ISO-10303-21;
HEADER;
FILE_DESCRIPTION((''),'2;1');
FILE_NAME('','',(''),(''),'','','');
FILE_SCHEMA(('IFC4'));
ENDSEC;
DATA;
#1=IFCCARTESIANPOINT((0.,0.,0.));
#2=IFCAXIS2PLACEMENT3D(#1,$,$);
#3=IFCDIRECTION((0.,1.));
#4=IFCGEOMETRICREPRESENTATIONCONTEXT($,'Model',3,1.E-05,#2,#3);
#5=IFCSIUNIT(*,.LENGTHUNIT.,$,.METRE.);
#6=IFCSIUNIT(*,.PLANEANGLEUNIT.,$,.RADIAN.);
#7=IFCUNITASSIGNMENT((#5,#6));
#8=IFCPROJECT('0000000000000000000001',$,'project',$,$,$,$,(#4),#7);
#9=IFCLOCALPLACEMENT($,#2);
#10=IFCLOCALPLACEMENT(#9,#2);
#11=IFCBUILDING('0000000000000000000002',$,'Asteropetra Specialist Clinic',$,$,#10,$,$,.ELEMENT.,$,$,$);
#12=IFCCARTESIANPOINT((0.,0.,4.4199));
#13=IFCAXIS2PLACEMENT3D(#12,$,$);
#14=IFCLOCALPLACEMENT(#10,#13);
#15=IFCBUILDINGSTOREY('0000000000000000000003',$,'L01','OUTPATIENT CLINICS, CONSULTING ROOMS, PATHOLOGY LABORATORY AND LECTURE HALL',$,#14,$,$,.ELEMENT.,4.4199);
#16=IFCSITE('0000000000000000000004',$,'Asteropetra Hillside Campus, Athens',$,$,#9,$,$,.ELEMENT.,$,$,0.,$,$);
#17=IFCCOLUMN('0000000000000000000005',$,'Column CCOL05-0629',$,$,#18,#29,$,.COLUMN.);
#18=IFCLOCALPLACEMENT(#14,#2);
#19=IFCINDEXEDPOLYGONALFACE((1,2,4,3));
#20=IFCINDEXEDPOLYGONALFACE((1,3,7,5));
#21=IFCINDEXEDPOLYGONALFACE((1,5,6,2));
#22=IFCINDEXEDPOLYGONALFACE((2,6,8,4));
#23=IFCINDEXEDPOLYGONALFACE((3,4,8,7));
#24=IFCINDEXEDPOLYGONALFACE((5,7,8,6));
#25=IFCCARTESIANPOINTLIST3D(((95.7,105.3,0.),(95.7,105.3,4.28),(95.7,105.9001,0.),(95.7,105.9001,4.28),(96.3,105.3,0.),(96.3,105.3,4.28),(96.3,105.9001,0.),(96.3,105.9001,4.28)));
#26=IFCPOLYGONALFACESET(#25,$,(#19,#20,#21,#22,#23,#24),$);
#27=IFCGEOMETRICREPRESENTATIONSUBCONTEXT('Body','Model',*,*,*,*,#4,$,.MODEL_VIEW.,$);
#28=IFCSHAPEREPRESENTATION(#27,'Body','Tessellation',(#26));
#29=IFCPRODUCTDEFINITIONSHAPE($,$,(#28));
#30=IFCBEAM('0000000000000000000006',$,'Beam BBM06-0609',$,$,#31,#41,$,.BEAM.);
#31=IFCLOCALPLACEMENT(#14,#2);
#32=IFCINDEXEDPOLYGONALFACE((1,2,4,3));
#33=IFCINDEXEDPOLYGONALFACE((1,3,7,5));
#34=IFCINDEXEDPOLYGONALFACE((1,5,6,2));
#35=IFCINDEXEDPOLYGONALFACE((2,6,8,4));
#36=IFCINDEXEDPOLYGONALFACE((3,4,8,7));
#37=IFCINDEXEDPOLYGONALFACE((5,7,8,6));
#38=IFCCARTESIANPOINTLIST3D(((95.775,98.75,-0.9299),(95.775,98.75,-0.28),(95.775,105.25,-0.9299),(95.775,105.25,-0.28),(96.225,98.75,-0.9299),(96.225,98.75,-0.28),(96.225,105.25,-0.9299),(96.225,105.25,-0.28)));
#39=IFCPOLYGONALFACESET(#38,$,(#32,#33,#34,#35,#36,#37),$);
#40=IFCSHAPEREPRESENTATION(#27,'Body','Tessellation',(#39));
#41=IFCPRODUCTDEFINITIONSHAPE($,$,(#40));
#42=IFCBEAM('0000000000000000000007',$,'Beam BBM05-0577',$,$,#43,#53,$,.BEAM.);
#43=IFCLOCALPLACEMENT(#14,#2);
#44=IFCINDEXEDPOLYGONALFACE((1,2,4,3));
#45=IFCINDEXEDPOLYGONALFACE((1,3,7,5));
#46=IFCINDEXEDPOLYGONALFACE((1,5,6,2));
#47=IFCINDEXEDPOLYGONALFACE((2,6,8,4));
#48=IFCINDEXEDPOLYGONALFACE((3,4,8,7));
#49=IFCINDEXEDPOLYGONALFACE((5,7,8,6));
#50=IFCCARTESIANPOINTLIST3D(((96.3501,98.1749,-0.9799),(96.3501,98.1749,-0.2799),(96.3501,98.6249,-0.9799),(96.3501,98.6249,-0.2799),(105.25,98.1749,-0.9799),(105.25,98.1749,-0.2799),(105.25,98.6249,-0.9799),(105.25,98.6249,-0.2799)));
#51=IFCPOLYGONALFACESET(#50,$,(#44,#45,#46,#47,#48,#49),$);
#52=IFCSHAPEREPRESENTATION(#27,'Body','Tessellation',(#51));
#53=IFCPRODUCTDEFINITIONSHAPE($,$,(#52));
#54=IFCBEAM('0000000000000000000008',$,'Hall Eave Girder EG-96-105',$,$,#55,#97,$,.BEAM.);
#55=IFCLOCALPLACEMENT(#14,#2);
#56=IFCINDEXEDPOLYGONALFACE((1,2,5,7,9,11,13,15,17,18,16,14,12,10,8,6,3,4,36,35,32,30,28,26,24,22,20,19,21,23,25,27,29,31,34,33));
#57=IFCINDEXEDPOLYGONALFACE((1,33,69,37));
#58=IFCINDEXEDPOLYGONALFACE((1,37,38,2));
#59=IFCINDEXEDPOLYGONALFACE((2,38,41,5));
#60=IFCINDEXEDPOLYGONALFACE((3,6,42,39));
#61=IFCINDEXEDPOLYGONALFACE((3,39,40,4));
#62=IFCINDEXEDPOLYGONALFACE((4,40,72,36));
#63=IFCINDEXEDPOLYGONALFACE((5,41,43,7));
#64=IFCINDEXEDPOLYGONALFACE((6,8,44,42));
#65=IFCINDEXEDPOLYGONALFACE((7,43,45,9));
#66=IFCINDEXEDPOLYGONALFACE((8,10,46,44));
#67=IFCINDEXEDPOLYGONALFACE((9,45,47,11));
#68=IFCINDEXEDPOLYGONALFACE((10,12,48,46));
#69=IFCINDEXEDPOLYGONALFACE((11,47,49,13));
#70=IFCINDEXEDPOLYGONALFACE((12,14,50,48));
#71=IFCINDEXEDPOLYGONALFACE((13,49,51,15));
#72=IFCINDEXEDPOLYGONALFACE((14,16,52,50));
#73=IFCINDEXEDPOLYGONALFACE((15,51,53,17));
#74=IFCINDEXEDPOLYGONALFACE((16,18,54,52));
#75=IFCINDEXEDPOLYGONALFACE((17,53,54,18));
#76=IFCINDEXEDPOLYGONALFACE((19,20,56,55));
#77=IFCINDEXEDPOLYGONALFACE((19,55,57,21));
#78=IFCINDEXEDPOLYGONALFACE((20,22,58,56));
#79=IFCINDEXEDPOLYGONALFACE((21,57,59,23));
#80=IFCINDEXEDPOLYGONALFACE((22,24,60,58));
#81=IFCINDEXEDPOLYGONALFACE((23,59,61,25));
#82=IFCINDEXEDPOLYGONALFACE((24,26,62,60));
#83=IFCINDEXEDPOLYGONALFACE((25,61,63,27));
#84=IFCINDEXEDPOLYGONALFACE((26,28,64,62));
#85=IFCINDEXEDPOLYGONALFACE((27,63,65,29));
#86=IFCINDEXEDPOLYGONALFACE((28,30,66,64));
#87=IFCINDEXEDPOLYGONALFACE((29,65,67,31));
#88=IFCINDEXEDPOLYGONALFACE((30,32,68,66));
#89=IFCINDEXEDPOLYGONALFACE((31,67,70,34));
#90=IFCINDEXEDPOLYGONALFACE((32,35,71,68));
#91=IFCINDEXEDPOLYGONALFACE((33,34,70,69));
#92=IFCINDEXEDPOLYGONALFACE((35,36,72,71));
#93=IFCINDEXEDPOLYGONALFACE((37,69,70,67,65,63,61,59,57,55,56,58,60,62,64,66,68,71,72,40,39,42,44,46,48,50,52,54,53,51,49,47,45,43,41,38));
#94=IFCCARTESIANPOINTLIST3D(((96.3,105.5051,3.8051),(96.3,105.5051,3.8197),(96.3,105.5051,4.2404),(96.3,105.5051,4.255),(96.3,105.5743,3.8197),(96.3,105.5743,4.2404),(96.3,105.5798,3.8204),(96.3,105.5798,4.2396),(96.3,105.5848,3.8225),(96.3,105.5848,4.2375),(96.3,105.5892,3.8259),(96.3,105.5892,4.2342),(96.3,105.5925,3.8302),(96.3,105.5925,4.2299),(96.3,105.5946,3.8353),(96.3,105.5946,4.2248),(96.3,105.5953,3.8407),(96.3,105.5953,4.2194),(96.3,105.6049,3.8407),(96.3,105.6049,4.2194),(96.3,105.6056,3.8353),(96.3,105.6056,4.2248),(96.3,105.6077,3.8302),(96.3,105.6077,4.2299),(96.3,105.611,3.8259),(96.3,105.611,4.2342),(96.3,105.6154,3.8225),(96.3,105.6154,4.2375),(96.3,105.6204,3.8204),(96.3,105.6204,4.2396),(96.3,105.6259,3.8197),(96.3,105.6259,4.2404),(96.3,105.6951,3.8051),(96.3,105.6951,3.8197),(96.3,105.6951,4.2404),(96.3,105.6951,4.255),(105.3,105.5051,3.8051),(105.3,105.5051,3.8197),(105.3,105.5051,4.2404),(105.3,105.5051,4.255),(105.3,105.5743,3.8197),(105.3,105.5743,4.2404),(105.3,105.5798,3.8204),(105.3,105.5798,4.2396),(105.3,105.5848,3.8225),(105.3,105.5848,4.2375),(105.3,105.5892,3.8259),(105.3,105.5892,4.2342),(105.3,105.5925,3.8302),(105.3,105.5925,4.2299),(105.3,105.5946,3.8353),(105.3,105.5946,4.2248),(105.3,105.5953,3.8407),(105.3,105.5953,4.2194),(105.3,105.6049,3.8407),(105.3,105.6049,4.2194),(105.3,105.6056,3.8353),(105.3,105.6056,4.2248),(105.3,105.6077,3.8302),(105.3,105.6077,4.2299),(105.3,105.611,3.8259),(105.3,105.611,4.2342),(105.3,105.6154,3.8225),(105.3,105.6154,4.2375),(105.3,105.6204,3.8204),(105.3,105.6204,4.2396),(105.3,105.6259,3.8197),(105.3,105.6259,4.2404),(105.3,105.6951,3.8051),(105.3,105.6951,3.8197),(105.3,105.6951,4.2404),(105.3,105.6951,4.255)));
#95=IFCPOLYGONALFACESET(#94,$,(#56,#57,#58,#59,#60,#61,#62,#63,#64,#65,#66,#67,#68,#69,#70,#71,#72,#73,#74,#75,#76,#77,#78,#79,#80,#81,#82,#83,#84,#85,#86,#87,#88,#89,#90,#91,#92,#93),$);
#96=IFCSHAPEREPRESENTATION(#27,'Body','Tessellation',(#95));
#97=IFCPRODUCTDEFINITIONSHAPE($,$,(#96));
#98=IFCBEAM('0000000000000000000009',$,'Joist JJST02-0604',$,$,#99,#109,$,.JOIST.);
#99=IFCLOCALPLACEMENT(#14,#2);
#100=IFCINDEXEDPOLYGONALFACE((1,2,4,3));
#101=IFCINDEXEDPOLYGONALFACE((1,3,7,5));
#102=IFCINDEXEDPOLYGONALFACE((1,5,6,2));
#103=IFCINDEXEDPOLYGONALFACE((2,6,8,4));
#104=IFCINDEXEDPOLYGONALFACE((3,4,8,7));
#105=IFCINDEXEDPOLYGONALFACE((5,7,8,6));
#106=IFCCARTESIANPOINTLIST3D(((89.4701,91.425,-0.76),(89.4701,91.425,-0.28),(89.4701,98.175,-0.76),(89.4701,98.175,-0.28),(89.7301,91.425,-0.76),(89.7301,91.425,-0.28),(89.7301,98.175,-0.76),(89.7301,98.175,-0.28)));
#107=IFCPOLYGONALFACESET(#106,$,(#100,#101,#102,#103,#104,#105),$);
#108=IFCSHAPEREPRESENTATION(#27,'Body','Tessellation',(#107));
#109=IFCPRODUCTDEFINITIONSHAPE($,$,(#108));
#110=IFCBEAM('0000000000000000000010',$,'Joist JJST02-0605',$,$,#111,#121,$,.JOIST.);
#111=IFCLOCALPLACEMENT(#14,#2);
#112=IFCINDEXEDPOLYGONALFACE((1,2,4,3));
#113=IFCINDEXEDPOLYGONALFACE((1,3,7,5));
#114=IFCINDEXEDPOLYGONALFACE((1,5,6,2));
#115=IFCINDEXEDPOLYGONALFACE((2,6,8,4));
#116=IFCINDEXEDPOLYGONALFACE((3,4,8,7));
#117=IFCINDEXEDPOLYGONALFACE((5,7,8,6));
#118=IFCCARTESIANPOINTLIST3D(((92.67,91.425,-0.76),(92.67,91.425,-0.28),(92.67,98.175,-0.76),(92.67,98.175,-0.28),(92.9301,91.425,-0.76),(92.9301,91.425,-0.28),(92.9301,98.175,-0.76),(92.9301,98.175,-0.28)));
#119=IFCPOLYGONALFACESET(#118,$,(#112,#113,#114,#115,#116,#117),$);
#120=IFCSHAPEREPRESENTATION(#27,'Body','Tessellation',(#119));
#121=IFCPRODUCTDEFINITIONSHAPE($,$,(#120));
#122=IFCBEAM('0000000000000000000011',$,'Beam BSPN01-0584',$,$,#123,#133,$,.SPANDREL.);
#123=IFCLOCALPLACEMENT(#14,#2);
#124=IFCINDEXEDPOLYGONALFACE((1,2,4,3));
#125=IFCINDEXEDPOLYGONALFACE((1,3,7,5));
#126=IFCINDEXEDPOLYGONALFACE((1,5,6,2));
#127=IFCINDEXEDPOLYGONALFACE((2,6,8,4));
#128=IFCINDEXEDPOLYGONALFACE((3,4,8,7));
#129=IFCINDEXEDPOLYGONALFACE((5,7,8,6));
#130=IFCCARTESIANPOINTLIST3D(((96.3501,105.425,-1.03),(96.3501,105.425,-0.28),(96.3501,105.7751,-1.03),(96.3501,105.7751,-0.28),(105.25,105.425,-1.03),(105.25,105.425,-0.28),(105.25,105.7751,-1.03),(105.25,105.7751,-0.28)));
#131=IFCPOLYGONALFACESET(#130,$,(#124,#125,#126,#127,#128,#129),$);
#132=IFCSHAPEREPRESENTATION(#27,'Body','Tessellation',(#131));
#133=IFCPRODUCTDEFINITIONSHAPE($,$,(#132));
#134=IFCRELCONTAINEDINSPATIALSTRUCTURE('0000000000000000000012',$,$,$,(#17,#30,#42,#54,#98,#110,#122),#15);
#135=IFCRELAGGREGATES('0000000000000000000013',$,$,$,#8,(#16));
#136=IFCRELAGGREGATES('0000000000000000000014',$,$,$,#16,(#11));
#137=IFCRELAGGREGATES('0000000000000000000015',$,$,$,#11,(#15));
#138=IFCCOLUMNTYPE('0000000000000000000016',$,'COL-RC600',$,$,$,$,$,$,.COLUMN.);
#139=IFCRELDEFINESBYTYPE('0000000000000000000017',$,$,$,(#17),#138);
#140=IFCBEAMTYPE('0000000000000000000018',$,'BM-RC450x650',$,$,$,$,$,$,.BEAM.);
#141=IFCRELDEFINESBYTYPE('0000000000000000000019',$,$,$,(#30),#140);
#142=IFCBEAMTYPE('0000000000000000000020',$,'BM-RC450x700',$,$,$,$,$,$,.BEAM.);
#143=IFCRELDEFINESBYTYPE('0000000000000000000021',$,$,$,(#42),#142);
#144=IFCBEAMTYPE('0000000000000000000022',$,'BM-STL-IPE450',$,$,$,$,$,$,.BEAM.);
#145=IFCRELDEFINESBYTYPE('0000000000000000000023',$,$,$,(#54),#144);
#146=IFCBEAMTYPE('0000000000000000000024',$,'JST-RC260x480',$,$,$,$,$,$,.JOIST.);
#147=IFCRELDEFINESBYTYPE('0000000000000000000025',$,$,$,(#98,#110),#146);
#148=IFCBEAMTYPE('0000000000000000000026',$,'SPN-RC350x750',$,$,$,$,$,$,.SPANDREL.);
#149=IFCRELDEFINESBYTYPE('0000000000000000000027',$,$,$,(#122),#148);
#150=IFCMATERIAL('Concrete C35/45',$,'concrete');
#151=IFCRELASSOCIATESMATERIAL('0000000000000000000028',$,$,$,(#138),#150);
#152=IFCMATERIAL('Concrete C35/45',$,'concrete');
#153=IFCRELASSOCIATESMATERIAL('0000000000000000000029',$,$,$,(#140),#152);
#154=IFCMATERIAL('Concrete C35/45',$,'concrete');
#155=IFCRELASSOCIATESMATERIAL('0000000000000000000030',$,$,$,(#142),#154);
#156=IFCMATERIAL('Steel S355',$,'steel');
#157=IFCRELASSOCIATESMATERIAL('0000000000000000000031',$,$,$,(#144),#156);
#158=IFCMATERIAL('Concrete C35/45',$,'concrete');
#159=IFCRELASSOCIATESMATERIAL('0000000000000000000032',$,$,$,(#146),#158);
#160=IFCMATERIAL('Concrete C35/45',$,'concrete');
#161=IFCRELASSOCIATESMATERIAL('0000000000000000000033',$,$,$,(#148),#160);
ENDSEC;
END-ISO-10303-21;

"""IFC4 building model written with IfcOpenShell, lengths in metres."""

from ifc_helpers import new_model, si_unit, direction, frame, origin, origin_2d, place, context, subcontext, project, spatial, rectangle, i_section, extrude, material, material_profile, profile_set, type_object, element, save


model = new_model("IFC4")

# Units and contexts
model_context = context("Model", 3, precision=1e-05, world=origin(), true_north=direction((0.0, 1.0)))
body_context = subcontext(model_context, "Body", "Model", "MODEL_VIEW")
ifc_project = project(units=[si_unit("LENGTHUNIT", "METRE"), si_unit("PLANEANGLEUNIT", "RADIAN")], contexts=[model_context])

# Site, building, storey
site_placement = place(None, origin())
site = spatial("IfcSite", under=ifc_project, at=site_placement, Name="Asteropetra Hillside Campus, Athens", CompositionType="ELEMENT", RefElevation=0.0)
building_placement = place(site_placement, origin())
building = spatial("IfcBuilding", under=site, at=building_placement, Name="Asteropetra Specialist Clinic", CompositionType="ELEMENT")
storey_placement = place(building_placement, frame((0.0, 0.0, 4.4199)))
storey = spatial("IfcBuildingStorey", under=building, at=storey_placement, Name="L01", Description="OUTPATIENT CLINICS, CONSULTING ROOMS, PATHOLOGY LABORATORY AND LECTURE HALL", CompositionType="ELEMENT", Elevation=4.4199)

# Column
ifc_material_1 = material(Name="Concrete C35/45", Category="concrete")
ifc_material_profile_1 = material_profile(ifc_material_1, rectangle(XDim=0.6001, YDim=0.6001, at=origin_2d()), Name="RC 600x600")
ifc_profile_set_1 = profile_set([ifc_material_profile_1], Name="Concrete C35/45")
column_type = type_object("IfcColumnType", Name="COL-RC600", PredefinedType="COLUMN", material=ifc_profile_set_1)
column_placement = place(storey_placement, frame((96.0, 105.6001, 0.0), z_axis=(0.0, 0.0, 1.0), x_axis=(1.0, 0.0, 0.0)))
element("IfcColumn", 1, at=column_placement, inside=storey, type_object=column_type, Name="Column CCOL05-0629", PredefinedType="COLUMN", context=body_context, shape_type="SweptSolid", body=[
    extrude(rectangle(XDim=0.6001, YDim=0.6001, at=origin_2d()), origin(), (0.0, 0.0, 1.0), 4.28),
])

# Beams
ifc_material_2 = material(Name="Concrete C35/45", Category="concrete")
ifc_material_profile_2 = material_profile(ifc_material_2, rectangle(XDim=0.45, YDim=0.6499, at=origin_2d()), Name="RCB 450x650")
ifc_profile_set_2 = profile_set([ifc_material_profile_2], Name="Concrete C35/45")
beam_type_1 = type_object("IfcBeamType", Name="BM-RC450x650", PredefinedType="BEAM", material=ifc_profile_set_2)
beam_1_placement = place(storey_placement, frame((96.0, 98.75, -0.605), z_axis=(0.0, 1.0, 0.0), x_axis=(-1.0, 0.0, 0.0)))
element("IfcBeam", 2, at=beam_1_placement, inside=storey, type_object=beam_type_1, Name="Beam BBM06-0609", PredefinedType="BEAM", context=body_context, shape_type="SweptSolid", body=[
    extrude(rectangle(XDim=0.45, YDim=0.6499, at=origin_2d()), origin(), (0.0, 0.0, 1.0), 6.5),
])
ifc_material_3 = material(Name="Concrete C35/45", Category="concrete")
ifc_material_profile_3 = material_profile(ifc_material_3, rectangle(XDim=0.45, YDim=0.7, at=origin_2d()), Name="RCB 450x700")
ifc_profile_set_3 = profile_set([ifc_material_profile_3], Name="Concrete C35/45")
beam_type_2 = type_object("IfcBeamType", Name="BM-RC450x700", PredefinedType="BEAM", material=ifc_profile_set_3)
beam_2_placement = place(storey_placement, frame((96.3501, 98.3999, -0.6299), z_axis=(1.0, 0.0, 0.0), x_axis=(0.0, 1.0, 0.0)))
element("IfcBeam", 3, at=beam_2_placement, inside=storey, type_object=beam_type_2, Name="Beam BBM05-0577", PredefinedType="BEAM", context=body_context, shape_type="SweptSolid", body=[
    extrude(rectangle(XDim=0.45, YDim=0.7, at=origin_2d()), origin(), (0.0, 0.0, 1.0), 8.8999),
])
ifc_material_4 = material(Name="Steel S355", Category="steel")
ifc_material_profile_4 = material_profile(ifc_material_4, i_section(OverallWidth=0.1899, OverallDepth=0.45, WebThickness=0.0095, FlangeThickness=0.0146, FilletRadius=0.021, at=origin_2d()), Name="IPE 450")
ifc_profile_set_4 = profile_set([ifc_material_profile_4], Name="Steel S355")
beam_type_3 = type_object("IfcBeamType", Name="BM-STL-IPE450", PredefinedType="BEAM", material=ifc_profile_set_4)
beam_3_placement = place(storey_placement, frame((96.3, 105.6001, 4.03), z_axis=(1.0, 0.0, 0.0), x_axis=(0.0, 1.0, 0.0)))
element("IfcBeam", 4, at=beam_3_placement, inside=storey, type_object=beam_type_3, Name="Hall Eave Girder EG-96-105", PredefinedType="BEAM", context=body_context, shape_type="SweptSolid", body=[
    extrude(i_section(OverallWidth=0.1899, OverallDepth=0.45, WebThickness=0.0095, FlangeThickness=0.0146, FilletRadius=0.021, at=origin_2d()), origin(), (0.0, 0.0, 1.0), 9.0),
])
ifc_material_5 = material(Name="Concrete C35/45", Category="concrete")
ifc_material_profile_5 = material_profile(ifc_material_5, rectangle(XDim=0.26, YDim=0.48, at=origin_2d()), Name="RCJ 260x480")
ifc_profile_set_5 = profile_set([ifc_material_profile_5], Name="Concrete C35/45")
beam_type_4 = type_object("IfcBeamType", Name="JST-RC260x480", PredefinedType="JOIST", material=ifc_profile_set_5)
for number, where, z_axis, x_axis, name in (
    (5, (89.6001, 91.425, -0.52), (0.0, 1.0, 0.0), (-1.0, 0.0, 0.0), "Joist JJST02-0604"),
    (6, (92.8, 91.425, -0.52), (0.0, 1.0, 0.0), (-1.0, 0.0, 0.0), "Joist JJST02-0605"),
):
    element("IfcBeam", number, at=place(storey_placement, frame(where, z_axis=z_axis, x_axis=x_axis)), inside=storey, type_object=beam_type_4, Name=name, PredefinedType="JOIST", context=body_context, shape_type="SweptSolid", body=[
        extrude(rectangle(XDim=0.26, YDim=0.48, at=origin_2d()), origin(), (0.0, 0.0, 1.0), 6.75),
    ])
ifc_material_6 = material(Name="Concrete C35/45", Category="concrete")
ifc_material_profile_6 = material_profile(ifc_material_6, rectangle(XDim=0.3501, YDim=0.75, at=origin_2d()), Name="RCS 350x750")
ifc_profile_set_6 = profile_set([ifc_material_profile_6], Name="Concrete C35/45")
beam_type_5 = type_object("IfcBeamType", Name="SPN-RC350x750", PredefinedType="SPANDREL", material=ifc_profile_set_6)
beam_4_placement = place(storey_placement, frame((96.3501, 105.6001, -0.655), z_axis=(1.0, 0.0, 0.0), x_axis=(0.0, 1.0, 0.0)))
element("IfcBeam", 7, at=beam_4_placement, inside=storey, type_object=beam_type_5, Name="Beam BSPN01-0584", PredefinedType="SPANDREL", context=body_context, shape_type="SweptSolid", body=[
    extrude(rectangle(XDim=0.3501, YDim=0.75, at=origin_2d()), origin(), (0.0, 0.0, 1.0), 8.8999),
])

save(model, "model.ifc")
